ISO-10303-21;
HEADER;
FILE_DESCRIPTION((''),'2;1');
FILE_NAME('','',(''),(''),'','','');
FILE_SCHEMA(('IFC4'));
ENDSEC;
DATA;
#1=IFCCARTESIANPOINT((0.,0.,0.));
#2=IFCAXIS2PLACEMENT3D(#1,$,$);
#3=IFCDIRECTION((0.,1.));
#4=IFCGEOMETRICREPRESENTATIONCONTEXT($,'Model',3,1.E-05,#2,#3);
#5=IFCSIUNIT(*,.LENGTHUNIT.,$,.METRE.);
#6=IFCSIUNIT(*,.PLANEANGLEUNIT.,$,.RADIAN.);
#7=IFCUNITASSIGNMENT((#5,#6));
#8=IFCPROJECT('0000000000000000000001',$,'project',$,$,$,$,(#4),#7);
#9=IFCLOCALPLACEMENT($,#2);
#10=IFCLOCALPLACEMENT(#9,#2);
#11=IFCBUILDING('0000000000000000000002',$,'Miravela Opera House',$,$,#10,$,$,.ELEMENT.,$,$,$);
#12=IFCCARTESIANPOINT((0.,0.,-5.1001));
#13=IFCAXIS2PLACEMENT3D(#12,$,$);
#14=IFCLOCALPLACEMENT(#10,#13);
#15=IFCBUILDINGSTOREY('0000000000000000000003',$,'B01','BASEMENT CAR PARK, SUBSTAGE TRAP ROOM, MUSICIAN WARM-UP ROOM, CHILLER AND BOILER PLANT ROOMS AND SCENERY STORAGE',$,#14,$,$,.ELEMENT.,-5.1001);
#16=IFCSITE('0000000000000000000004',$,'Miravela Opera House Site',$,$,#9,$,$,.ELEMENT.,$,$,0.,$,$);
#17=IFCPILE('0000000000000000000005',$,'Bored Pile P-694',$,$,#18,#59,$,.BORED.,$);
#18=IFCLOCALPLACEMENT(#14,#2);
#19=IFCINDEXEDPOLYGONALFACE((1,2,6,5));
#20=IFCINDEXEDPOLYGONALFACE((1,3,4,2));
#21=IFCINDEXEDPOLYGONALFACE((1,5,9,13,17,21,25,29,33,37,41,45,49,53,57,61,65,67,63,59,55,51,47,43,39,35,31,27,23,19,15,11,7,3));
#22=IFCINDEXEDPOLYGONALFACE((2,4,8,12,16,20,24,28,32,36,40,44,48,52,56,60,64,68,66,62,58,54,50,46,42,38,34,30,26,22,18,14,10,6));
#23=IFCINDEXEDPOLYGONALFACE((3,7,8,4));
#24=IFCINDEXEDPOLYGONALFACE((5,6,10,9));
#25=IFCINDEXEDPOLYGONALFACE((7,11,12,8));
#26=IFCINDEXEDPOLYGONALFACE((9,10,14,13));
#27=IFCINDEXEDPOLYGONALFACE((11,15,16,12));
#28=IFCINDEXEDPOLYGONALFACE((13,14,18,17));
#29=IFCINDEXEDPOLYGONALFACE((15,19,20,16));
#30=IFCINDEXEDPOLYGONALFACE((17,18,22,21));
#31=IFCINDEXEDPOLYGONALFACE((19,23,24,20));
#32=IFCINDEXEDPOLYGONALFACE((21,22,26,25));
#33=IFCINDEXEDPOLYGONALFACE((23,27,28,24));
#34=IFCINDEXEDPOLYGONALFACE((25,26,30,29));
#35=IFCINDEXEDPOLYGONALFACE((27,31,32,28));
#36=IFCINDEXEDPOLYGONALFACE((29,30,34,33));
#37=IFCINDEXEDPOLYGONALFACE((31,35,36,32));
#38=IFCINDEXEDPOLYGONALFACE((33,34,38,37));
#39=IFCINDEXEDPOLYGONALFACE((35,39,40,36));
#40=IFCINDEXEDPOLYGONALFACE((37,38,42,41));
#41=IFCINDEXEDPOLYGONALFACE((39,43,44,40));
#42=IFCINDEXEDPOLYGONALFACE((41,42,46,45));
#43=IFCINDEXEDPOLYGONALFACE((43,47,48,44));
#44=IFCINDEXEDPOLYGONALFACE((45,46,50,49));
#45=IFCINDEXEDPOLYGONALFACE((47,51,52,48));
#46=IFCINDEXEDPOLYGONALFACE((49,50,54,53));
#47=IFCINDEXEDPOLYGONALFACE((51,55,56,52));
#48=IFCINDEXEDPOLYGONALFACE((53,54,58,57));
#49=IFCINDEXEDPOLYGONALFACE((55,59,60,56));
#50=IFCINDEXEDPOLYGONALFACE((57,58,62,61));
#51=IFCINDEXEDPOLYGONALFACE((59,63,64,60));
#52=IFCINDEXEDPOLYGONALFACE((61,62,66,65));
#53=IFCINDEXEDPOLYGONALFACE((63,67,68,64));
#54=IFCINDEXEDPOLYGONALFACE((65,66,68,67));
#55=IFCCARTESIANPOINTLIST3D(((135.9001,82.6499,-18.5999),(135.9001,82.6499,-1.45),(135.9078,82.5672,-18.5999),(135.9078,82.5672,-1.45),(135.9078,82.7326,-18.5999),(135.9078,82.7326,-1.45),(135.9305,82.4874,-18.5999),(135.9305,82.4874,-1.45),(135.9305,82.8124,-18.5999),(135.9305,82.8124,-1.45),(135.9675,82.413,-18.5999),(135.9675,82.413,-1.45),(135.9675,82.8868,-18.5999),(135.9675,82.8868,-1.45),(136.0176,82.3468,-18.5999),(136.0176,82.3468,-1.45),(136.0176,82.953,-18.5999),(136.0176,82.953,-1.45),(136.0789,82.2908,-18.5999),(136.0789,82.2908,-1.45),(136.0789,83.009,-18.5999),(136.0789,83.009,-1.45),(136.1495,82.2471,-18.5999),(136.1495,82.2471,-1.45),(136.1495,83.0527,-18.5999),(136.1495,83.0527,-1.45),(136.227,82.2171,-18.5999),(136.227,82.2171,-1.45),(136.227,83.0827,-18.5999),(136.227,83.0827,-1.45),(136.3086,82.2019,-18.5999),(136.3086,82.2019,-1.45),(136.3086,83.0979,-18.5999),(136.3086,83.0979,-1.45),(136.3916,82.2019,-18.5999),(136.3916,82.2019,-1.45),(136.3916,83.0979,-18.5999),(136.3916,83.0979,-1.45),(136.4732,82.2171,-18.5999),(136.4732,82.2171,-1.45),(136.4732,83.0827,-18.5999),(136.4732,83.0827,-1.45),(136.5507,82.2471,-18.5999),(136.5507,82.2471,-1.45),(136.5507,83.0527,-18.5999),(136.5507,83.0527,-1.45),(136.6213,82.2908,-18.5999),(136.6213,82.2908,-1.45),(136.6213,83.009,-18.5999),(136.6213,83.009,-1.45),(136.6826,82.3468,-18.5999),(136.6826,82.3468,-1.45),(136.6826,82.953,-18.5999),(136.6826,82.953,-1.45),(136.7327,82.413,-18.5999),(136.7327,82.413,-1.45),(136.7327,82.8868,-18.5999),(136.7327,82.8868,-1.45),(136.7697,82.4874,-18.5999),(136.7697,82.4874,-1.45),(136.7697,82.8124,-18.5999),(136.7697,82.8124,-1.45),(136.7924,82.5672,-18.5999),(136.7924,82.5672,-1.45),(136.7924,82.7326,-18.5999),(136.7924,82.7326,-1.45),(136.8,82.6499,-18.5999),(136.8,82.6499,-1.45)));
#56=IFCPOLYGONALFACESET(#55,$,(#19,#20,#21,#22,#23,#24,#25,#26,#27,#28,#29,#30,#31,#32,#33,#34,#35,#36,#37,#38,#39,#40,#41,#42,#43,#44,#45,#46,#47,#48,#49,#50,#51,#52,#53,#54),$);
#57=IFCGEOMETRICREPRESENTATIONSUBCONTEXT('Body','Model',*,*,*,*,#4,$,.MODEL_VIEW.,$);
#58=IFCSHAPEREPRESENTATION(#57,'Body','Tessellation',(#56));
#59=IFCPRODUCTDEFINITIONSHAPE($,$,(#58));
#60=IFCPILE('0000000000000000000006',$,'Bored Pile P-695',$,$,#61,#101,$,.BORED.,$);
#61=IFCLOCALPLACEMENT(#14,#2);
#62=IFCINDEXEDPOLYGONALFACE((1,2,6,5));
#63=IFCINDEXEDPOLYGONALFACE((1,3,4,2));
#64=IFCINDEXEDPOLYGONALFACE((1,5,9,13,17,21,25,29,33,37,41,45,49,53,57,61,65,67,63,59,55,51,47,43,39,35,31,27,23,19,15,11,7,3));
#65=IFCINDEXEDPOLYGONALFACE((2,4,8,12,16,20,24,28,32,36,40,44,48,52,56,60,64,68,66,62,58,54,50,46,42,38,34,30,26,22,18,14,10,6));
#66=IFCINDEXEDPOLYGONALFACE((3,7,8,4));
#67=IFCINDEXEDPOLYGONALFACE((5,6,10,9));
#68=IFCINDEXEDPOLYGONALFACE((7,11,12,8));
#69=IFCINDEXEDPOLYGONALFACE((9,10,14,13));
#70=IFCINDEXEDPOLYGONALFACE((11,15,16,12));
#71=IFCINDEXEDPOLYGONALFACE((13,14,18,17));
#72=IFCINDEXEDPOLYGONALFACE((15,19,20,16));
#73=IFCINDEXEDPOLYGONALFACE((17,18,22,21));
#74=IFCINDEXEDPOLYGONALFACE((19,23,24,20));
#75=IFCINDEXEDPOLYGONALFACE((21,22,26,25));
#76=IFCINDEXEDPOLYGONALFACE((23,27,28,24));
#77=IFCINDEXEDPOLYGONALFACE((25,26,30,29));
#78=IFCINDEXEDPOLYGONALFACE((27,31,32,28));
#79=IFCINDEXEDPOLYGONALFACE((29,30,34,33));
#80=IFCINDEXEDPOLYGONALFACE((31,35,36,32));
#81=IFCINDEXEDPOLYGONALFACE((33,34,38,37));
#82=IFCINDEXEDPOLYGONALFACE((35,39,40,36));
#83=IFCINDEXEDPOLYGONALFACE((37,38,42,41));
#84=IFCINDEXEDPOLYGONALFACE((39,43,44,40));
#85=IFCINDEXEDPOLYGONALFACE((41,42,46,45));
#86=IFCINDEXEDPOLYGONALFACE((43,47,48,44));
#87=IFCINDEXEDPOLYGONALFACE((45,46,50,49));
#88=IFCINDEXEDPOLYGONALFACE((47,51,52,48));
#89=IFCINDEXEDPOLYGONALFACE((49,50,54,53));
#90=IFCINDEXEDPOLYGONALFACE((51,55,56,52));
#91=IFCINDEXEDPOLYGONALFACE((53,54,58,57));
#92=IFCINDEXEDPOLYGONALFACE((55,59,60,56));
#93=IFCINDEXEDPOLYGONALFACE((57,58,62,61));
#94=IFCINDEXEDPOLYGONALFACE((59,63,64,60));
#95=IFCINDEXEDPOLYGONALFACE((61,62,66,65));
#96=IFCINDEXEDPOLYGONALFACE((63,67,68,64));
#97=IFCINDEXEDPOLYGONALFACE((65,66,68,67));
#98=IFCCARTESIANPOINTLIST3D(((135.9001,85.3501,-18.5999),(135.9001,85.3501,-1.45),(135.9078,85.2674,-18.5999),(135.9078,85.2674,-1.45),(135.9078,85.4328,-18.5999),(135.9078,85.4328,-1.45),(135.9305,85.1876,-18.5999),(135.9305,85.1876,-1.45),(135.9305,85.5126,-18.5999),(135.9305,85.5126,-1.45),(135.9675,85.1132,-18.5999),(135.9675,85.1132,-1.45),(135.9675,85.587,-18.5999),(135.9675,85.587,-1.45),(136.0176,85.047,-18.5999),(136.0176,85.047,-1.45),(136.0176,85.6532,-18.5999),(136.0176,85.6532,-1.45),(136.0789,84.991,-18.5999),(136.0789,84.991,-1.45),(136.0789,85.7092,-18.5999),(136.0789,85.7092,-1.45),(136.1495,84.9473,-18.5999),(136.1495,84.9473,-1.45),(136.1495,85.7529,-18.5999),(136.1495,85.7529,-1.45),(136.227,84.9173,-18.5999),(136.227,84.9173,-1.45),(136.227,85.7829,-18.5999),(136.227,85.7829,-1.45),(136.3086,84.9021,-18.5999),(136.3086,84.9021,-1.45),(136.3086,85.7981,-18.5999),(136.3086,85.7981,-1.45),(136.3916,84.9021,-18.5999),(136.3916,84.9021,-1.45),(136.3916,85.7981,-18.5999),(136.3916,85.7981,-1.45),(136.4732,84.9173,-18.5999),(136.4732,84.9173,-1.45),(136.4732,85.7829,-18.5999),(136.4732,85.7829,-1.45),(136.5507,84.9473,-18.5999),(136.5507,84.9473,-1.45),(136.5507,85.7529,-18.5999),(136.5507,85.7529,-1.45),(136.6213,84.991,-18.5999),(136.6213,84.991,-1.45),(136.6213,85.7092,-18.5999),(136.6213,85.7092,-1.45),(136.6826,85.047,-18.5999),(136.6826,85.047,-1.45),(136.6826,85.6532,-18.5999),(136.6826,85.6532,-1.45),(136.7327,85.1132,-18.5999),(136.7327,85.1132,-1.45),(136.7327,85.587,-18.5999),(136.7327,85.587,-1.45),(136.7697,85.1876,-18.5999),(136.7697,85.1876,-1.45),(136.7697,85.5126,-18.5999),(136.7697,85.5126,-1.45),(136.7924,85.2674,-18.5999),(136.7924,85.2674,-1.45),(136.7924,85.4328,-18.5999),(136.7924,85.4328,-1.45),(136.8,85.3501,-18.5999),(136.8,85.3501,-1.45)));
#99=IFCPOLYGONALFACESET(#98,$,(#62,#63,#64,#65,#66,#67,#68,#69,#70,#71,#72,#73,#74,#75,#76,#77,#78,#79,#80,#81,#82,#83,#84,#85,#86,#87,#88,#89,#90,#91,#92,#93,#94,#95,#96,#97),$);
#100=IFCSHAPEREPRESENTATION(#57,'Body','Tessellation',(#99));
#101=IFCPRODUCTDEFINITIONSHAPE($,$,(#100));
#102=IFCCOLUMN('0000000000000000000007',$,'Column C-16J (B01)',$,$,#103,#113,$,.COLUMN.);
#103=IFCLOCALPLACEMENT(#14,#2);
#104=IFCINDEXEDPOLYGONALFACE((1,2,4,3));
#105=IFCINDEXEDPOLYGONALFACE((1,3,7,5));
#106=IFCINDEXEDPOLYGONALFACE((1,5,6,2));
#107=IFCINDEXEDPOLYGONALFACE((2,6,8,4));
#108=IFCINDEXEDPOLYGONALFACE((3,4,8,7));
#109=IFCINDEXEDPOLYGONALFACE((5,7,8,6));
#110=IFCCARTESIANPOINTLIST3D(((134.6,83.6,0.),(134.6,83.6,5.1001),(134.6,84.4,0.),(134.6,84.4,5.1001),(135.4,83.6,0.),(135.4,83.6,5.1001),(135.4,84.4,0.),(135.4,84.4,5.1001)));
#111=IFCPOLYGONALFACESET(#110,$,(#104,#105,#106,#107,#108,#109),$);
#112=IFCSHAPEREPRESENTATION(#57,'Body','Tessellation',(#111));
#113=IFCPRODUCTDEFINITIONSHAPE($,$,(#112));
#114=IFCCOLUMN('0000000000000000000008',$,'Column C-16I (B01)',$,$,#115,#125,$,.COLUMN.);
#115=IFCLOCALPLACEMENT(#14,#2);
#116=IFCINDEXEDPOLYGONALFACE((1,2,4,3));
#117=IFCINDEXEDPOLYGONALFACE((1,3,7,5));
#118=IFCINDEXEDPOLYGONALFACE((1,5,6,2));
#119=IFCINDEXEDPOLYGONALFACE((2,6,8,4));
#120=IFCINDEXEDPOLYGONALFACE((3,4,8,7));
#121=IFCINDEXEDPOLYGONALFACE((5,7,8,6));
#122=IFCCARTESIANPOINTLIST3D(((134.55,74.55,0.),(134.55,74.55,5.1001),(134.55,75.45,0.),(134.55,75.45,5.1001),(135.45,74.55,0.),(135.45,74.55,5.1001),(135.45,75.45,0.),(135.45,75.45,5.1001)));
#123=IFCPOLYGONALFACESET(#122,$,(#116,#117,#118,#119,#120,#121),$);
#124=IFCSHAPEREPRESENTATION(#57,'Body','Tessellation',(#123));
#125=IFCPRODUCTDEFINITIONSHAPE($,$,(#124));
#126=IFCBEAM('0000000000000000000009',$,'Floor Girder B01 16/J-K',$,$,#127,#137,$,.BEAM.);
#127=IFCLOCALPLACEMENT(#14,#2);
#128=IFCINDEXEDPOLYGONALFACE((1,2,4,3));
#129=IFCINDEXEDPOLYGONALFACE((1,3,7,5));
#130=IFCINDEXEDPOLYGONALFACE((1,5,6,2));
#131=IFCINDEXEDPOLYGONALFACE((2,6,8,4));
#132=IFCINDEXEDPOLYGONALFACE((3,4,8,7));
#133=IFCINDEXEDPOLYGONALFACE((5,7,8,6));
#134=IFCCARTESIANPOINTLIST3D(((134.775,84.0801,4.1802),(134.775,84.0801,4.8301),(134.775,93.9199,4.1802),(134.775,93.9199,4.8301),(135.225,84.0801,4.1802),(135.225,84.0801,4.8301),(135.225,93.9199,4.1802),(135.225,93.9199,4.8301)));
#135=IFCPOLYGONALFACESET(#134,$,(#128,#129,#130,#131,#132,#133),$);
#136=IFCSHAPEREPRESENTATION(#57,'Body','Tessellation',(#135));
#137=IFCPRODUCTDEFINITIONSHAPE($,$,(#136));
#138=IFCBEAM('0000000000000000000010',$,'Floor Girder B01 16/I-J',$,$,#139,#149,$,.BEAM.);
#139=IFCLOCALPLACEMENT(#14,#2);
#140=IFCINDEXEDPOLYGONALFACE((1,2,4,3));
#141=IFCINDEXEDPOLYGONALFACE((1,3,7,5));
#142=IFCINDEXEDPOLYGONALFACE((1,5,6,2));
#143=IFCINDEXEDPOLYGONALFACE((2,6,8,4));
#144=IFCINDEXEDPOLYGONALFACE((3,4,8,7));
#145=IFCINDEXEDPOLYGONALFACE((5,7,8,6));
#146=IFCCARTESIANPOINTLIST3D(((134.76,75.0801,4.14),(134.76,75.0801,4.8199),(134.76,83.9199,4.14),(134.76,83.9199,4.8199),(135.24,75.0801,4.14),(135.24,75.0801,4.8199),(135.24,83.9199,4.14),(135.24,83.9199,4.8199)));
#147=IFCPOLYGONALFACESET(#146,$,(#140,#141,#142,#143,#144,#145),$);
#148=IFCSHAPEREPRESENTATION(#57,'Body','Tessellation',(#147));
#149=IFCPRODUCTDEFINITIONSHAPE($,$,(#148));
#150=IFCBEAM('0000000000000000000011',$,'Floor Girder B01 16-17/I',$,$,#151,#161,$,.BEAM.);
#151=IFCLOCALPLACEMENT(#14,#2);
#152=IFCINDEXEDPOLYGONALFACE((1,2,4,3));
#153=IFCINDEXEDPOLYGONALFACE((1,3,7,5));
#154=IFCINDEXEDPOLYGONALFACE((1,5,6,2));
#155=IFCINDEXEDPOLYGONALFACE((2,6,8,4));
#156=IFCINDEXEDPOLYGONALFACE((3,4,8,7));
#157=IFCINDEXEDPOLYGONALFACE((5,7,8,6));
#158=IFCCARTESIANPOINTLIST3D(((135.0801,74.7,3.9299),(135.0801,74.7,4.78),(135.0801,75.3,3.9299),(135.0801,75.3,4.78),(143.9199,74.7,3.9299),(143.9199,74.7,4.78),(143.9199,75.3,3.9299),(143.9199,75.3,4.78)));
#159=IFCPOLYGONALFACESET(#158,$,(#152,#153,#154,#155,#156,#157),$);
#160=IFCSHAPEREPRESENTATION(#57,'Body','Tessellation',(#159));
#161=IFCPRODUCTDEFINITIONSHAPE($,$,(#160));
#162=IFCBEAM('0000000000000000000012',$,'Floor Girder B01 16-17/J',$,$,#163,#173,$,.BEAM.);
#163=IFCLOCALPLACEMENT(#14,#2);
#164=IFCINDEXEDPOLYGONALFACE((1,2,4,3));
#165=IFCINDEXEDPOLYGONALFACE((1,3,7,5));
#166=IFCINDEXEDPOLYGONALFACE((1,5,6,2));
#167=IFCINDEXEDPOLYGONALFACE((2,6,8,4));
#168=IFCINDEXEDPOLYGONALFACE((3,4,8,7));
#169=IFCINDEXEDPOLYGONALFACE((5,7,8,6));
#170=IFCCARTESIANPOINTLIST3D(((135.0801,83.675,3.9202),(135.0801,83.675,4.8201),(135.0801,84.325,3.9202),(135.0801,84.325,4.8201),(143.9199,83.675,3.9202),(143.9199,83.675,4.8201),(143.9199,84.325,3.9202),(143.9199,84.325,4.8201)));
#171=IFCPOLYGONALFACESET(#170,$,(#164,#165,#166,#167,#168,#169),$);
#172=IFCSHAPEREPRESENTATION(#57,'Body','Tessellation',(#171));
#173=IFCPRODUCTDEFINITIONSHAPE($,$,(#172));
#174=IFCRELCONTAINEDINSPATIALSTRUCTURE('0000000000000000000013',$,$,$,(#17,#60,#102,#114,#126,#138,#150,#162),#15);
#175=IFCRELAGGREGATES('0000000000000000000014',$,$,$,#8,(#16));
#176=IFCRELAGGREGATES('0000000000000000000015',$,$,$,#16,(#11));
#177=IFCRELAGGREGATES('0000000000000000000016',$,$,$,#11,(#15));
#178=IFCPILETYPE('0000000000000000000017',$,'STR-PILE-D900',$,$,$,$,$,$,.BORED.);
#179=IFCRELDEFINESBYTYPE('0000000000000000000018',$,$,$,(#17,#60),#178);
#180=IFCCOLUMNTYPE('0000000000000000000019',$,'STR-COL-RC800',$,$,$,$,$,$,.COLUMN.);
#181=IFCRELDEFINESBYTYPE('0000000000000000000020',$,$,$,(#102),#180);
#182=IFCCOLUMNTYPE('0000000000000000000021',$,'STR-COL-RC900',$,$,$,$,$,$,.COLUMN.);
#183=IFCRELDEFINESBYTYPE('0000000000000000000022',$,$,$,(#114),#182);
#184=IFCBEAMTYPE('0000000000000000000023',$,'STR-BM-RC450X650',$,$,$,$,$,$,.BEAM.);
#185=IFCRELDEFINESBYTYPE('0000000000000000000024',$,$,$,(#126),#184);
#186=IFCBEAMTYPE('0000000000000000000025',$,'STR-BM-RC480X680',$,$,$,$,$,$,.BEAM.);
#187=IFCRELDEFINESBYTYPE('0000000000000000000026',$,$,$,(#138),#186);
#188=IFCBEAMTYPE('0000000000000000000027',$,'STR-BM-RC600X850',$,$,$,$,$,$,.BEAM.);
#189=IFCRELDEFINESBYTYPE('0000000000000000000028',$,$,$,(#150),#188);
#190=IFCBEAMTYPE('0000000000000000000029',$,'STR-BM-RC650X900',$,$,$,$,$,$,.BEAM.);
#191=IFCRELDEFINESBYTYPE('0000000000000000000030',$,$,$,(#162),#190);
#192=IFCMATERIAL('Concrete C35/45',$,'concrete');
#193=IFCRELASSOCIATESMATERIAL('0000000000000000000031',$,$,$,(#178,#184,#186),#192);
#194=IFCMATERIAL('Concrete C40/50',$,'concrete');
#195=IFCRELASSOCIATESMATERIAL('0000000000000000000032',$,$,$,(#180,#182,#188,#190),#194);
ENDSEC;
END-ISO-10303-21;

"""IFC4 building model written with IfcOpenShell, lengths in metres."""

from ifc_helpers import new_model, si_unit, direction, frame, origin, origin_2d, place, context, subcontext, project, spatial, rectangle, circle, extrude, material, material_profile, profile_set, type_object, element, save


model = new_model("IFC4")

# Units and contexts
model_context = context("Model", 3, precision=1e-05, world=origin(), true_north=direction((0.0, 1.0)))
body_context = subcontext(model_context, "Body", "Model", "MODEL_VIEW")
ifc_project = project(units=[si_unit("LENGTHUNIT", "METRE"), si_unit("PLANEANGLEUNIT", "RADIAN")], contexts=[model_context])

# Site, building, storey
site_placement = place(None, origin())
site = spatial("IfcSite", under=ifc_project, at=site_placement, Name="Miravela Opera House Site", CompositionType="ELEMENT", RefElevation=0.0)
building_placement = place(site_placement, origin())
building = spatial("IfcBuilding", under=site, at=building_placement, Name="Miravela Opera House", CompositionType="ELEMENT")
storey_placement = place(building_placement, frame((0.0, 0.0, -5.1001)))
storey = spatial("IfcBuildingStorey", under=building, at=storey_placement, Name="B01", Description="BASEMENT CAR PARK, SUBSTAGE TRAP ROOM, MUSICIAN WARM-UP ROOM, CHILLER AND BOILER PLANT ROOMS AND SCENERY STORAGE", CompositionType="ELEMENT", Elevation=-5.1001)

# Shared definitions
ifc_material_1 = material(Name="Concrete C35/45", Category="concrete")

# Piles
ifc_material_profile_1 = material_profile(ifc_material_1, circle(Radius=0.45, at=origin_2d()), Name="PILE-D900")
ifc_profile_set_1 = profile_set([ifc_material_profile_1])
pile_type_1 = type_object("IfcPileType", Name="STR-PILE-D900", PredefinedType="BORED", material=ifc_profile_set_1)
for number, where, z_axis, x_axis, name in (
    (1, (136.3501, 82.6499, -1.45), (0.0, 0.0, -1.0), (1.0, 0.0, 0.0), "Bored Pile P-694"),
    (2, (136.3501, 85.3501, -1.45), (0.0, 0.0, -1.0), (1.0, 0.0, 0.0), "Bored Pile P-695"),
):
    element("IfcPile", number, at=place(storey_placement, frame(where, z_axis=z_axis, x_axis=x_axis)), inside=storey, type_object=pile_type_1, Name=name, PredefinedType="BORED", context=body_context, shape_type="SweptSolid", body=[
        extrude(circle(Radius=0.45, at=origin_2d()), origin(), (0.0, 0.0, 1.0), 17.1499),
    ])

# Columns
ifc_material_2 = material(Name="Concrete C40/50", Category="concrete")
ifc_material_profile_2 = material_profile(ifc_material_2, rectangle(XDim=0.8, YDim=0.8, at=origin_2d()), Name="RC-COL-800X800")
ifc_profile_set_2 = profile_set([ifc_material_profile_2])
column_type_1 = type_object("IfcColumnType", Name="STR-COL-RC800", PredefinedType="COLUMN", material=ifc_profile_set_2)
column_1_placement = place(storey_placement, frame((135.0, 84.0, 0.0), z_axis=(0.0, 0.0, 1.0), x_axis=(1.0, 0.0, 0.0)))
element("IfcColumn", 3, at=column_1_placement, inside=storey, type_object=column_type_1, Name="Column C-16J (B01)", PredefinedType="COLUMN", context=body_context, shape_type="SweptSolid", body=[
    extrude(rectangle(XDim=0.8, YDim=0.8, at=origin_2d()), origin(), (0.0, 0.0, 1.0), 5.1001),
])
ifc_material_profile_3 = material_profile(ifc_material_2, rectangle(XDim=0.8999, YDim=0.8999, at=origin_2d()), Name="RC-COL-900X900")
ifc_profile_set_3 = profile_set([ifc_material_profile_3])
column_type_2 = type_object("IfcColumnType", Name="STR-COL-RC900", PredefinedType="COLUMN", material=ifc_profile_set_3)
column_2_placement = place(storey_placement, frame((135.0, 75.0, 0.0), z_axis=(0.0, 0.0, 1.0), x_axis=(1.0, 0.0, 0.0)))
element("IfcColumn", 4, at=column_2_placement, inside=storey, type_object=column_type_2, Name="Column C-16I (B01)", PredefinedType="COLUMN", context=body_context, shape_type="SweptSolid", body=[
    extrude(rectangle(XDim=0.8999, YDim=0.8999, at=origin_2d()), origin(), (0.0, 0.0, 1.0), 5.1001),
])

# Beams
ifc_material_profile_4 = material_profile(ifc_material_1, rectangle(XDim=0.45, YDim=0.6499, at=origin_2d()), Name="RC-BM-450X650")
ifc_profile_set_4 = profile_set([ifc_material_profile_4])
beam_type_1 = type_object("IfcBeamType", Name="STR-BM-RC450X650", PredefinedType="BEAM", material=ifc_profile_set_4)
beam_1_placement = place(storey_placement, frame((135.0, 84.0801, 4.5051), z_axis=(0.0, 1.0, 0.0), x_axis=(-1.0, 0.0, 0.0)))
element("IfcBeam", 5, at=beam_1_placement, inside=storey, type_object=beam_type_1, Name="Floor Girder B01 16/J-K", PredefinedType="BEAM", context=body_context, shape_type="SweptSolid", body=[
    extrude(rectangle(XDim=0.45, YDim=0.6499, at=origin_2d()), origin(), (0.0, 0.0, 1.0), 9.8398),
])
ifc_material_profile_5 = material_profile(ifc_material_1, rectangle(XDim=0.48, YDim=0.6799, at=origin_2d()), Name="RC-BM-480X680")
ifc_profile_set_5 = profile_set([ifc_material_profile_5])
beam_type_2 = type_object("IfcBeamType", Name="STR-BM-RC480X680", PredefinedType="BEAM", material=ifc_profile_set_5)
beam_2_placement = place(storey_placement, frame((135.0, 75.0801, 4.48), z_axis=(0.0, 1.0, 0.0), x_axis=(-1.0, 0.0, 0.0)))
element("IfcBeam", 6, at=beam_2_placement, inside=storey, type_object=beam_type_2, Name="Floor Girder B01 16/I-J", PredefinedType="BEAM", context=body_context, shape_type="SweptSolid", body=[
    extrude(rectangle(XDim=0.48, YDim=0.6799, at=origin_2d()), origin(), (0.0, 0.0, 1.0), 8.8398),
])
ifc_material_profile_6 = material_profile(ifc_material_2, rectangle(XDim=0.6001, YDim=0.8501, at=origin_2d()), Name="RC-BM-600X850")
ifc_profile_set_6 = profile_set([ifc_material_profile_6])
beam_type_3 = type_object("IfcBeamType", Name="STR-BM-RC600X850", PredefinedType="BEAM", material=ifc_profile_set_6)
beam_3_placement = place(storey_placement, frame((135.0801, 75.0, 4.355), z_axis=(1.0, 0.0, 0.0), x_axis=(0.0, 1.0, 0.0)))
element("IfcBeam", 7, at=beam_3_placement, inside=storey, type_object=beam_type_3, Name="Floor Girder B01 16-17/I", PredefinedType="BEAM", context=body_context, shape_type="SweptSolid", body=[
    extrude(rectangle(XDim=0.6001, YDim=0.8501, at=origin_2d()), origin(), (0.0, 0.0, 1.0), 8.8398),
])
ifc_material_profile_7 = material_profile(ifc_material_2, rectangle(XDim=0.6499, YDim=0.8999, at=origin_2d()), Name="RC-BM-650X900")
ifc_profile_set_7 = profile_set([ifc_material_profile_7])
beam_type_4 = type_object("IfcBeamType", Name="STR-BM-RC650X900", PredefinedType="BEAM", material=ifc_profile_set_7)
beam_4_placement = place(storey_placement, frame((135.0801, 84.0, 4.3701), z_axis=(1.0, 0.0, 0.0), x_axis=(0.0, 1.0, 0.0)))
element("IfcBeam", 8, at=beam_4_placement, inside=storey, type_object=beam_type_4, Name="Floor Girder B01 16-17/J", PredefinedType="BEAM", context=body_context, shape_type="SweptSolid", body=[
    extrude(rectangle(XDim=0.6499, YDim=0.8999, at=origin_2d()), origin(), (0.0, 0.0, 1.0), 8.8398),
])

save(model, "model.ifc")
